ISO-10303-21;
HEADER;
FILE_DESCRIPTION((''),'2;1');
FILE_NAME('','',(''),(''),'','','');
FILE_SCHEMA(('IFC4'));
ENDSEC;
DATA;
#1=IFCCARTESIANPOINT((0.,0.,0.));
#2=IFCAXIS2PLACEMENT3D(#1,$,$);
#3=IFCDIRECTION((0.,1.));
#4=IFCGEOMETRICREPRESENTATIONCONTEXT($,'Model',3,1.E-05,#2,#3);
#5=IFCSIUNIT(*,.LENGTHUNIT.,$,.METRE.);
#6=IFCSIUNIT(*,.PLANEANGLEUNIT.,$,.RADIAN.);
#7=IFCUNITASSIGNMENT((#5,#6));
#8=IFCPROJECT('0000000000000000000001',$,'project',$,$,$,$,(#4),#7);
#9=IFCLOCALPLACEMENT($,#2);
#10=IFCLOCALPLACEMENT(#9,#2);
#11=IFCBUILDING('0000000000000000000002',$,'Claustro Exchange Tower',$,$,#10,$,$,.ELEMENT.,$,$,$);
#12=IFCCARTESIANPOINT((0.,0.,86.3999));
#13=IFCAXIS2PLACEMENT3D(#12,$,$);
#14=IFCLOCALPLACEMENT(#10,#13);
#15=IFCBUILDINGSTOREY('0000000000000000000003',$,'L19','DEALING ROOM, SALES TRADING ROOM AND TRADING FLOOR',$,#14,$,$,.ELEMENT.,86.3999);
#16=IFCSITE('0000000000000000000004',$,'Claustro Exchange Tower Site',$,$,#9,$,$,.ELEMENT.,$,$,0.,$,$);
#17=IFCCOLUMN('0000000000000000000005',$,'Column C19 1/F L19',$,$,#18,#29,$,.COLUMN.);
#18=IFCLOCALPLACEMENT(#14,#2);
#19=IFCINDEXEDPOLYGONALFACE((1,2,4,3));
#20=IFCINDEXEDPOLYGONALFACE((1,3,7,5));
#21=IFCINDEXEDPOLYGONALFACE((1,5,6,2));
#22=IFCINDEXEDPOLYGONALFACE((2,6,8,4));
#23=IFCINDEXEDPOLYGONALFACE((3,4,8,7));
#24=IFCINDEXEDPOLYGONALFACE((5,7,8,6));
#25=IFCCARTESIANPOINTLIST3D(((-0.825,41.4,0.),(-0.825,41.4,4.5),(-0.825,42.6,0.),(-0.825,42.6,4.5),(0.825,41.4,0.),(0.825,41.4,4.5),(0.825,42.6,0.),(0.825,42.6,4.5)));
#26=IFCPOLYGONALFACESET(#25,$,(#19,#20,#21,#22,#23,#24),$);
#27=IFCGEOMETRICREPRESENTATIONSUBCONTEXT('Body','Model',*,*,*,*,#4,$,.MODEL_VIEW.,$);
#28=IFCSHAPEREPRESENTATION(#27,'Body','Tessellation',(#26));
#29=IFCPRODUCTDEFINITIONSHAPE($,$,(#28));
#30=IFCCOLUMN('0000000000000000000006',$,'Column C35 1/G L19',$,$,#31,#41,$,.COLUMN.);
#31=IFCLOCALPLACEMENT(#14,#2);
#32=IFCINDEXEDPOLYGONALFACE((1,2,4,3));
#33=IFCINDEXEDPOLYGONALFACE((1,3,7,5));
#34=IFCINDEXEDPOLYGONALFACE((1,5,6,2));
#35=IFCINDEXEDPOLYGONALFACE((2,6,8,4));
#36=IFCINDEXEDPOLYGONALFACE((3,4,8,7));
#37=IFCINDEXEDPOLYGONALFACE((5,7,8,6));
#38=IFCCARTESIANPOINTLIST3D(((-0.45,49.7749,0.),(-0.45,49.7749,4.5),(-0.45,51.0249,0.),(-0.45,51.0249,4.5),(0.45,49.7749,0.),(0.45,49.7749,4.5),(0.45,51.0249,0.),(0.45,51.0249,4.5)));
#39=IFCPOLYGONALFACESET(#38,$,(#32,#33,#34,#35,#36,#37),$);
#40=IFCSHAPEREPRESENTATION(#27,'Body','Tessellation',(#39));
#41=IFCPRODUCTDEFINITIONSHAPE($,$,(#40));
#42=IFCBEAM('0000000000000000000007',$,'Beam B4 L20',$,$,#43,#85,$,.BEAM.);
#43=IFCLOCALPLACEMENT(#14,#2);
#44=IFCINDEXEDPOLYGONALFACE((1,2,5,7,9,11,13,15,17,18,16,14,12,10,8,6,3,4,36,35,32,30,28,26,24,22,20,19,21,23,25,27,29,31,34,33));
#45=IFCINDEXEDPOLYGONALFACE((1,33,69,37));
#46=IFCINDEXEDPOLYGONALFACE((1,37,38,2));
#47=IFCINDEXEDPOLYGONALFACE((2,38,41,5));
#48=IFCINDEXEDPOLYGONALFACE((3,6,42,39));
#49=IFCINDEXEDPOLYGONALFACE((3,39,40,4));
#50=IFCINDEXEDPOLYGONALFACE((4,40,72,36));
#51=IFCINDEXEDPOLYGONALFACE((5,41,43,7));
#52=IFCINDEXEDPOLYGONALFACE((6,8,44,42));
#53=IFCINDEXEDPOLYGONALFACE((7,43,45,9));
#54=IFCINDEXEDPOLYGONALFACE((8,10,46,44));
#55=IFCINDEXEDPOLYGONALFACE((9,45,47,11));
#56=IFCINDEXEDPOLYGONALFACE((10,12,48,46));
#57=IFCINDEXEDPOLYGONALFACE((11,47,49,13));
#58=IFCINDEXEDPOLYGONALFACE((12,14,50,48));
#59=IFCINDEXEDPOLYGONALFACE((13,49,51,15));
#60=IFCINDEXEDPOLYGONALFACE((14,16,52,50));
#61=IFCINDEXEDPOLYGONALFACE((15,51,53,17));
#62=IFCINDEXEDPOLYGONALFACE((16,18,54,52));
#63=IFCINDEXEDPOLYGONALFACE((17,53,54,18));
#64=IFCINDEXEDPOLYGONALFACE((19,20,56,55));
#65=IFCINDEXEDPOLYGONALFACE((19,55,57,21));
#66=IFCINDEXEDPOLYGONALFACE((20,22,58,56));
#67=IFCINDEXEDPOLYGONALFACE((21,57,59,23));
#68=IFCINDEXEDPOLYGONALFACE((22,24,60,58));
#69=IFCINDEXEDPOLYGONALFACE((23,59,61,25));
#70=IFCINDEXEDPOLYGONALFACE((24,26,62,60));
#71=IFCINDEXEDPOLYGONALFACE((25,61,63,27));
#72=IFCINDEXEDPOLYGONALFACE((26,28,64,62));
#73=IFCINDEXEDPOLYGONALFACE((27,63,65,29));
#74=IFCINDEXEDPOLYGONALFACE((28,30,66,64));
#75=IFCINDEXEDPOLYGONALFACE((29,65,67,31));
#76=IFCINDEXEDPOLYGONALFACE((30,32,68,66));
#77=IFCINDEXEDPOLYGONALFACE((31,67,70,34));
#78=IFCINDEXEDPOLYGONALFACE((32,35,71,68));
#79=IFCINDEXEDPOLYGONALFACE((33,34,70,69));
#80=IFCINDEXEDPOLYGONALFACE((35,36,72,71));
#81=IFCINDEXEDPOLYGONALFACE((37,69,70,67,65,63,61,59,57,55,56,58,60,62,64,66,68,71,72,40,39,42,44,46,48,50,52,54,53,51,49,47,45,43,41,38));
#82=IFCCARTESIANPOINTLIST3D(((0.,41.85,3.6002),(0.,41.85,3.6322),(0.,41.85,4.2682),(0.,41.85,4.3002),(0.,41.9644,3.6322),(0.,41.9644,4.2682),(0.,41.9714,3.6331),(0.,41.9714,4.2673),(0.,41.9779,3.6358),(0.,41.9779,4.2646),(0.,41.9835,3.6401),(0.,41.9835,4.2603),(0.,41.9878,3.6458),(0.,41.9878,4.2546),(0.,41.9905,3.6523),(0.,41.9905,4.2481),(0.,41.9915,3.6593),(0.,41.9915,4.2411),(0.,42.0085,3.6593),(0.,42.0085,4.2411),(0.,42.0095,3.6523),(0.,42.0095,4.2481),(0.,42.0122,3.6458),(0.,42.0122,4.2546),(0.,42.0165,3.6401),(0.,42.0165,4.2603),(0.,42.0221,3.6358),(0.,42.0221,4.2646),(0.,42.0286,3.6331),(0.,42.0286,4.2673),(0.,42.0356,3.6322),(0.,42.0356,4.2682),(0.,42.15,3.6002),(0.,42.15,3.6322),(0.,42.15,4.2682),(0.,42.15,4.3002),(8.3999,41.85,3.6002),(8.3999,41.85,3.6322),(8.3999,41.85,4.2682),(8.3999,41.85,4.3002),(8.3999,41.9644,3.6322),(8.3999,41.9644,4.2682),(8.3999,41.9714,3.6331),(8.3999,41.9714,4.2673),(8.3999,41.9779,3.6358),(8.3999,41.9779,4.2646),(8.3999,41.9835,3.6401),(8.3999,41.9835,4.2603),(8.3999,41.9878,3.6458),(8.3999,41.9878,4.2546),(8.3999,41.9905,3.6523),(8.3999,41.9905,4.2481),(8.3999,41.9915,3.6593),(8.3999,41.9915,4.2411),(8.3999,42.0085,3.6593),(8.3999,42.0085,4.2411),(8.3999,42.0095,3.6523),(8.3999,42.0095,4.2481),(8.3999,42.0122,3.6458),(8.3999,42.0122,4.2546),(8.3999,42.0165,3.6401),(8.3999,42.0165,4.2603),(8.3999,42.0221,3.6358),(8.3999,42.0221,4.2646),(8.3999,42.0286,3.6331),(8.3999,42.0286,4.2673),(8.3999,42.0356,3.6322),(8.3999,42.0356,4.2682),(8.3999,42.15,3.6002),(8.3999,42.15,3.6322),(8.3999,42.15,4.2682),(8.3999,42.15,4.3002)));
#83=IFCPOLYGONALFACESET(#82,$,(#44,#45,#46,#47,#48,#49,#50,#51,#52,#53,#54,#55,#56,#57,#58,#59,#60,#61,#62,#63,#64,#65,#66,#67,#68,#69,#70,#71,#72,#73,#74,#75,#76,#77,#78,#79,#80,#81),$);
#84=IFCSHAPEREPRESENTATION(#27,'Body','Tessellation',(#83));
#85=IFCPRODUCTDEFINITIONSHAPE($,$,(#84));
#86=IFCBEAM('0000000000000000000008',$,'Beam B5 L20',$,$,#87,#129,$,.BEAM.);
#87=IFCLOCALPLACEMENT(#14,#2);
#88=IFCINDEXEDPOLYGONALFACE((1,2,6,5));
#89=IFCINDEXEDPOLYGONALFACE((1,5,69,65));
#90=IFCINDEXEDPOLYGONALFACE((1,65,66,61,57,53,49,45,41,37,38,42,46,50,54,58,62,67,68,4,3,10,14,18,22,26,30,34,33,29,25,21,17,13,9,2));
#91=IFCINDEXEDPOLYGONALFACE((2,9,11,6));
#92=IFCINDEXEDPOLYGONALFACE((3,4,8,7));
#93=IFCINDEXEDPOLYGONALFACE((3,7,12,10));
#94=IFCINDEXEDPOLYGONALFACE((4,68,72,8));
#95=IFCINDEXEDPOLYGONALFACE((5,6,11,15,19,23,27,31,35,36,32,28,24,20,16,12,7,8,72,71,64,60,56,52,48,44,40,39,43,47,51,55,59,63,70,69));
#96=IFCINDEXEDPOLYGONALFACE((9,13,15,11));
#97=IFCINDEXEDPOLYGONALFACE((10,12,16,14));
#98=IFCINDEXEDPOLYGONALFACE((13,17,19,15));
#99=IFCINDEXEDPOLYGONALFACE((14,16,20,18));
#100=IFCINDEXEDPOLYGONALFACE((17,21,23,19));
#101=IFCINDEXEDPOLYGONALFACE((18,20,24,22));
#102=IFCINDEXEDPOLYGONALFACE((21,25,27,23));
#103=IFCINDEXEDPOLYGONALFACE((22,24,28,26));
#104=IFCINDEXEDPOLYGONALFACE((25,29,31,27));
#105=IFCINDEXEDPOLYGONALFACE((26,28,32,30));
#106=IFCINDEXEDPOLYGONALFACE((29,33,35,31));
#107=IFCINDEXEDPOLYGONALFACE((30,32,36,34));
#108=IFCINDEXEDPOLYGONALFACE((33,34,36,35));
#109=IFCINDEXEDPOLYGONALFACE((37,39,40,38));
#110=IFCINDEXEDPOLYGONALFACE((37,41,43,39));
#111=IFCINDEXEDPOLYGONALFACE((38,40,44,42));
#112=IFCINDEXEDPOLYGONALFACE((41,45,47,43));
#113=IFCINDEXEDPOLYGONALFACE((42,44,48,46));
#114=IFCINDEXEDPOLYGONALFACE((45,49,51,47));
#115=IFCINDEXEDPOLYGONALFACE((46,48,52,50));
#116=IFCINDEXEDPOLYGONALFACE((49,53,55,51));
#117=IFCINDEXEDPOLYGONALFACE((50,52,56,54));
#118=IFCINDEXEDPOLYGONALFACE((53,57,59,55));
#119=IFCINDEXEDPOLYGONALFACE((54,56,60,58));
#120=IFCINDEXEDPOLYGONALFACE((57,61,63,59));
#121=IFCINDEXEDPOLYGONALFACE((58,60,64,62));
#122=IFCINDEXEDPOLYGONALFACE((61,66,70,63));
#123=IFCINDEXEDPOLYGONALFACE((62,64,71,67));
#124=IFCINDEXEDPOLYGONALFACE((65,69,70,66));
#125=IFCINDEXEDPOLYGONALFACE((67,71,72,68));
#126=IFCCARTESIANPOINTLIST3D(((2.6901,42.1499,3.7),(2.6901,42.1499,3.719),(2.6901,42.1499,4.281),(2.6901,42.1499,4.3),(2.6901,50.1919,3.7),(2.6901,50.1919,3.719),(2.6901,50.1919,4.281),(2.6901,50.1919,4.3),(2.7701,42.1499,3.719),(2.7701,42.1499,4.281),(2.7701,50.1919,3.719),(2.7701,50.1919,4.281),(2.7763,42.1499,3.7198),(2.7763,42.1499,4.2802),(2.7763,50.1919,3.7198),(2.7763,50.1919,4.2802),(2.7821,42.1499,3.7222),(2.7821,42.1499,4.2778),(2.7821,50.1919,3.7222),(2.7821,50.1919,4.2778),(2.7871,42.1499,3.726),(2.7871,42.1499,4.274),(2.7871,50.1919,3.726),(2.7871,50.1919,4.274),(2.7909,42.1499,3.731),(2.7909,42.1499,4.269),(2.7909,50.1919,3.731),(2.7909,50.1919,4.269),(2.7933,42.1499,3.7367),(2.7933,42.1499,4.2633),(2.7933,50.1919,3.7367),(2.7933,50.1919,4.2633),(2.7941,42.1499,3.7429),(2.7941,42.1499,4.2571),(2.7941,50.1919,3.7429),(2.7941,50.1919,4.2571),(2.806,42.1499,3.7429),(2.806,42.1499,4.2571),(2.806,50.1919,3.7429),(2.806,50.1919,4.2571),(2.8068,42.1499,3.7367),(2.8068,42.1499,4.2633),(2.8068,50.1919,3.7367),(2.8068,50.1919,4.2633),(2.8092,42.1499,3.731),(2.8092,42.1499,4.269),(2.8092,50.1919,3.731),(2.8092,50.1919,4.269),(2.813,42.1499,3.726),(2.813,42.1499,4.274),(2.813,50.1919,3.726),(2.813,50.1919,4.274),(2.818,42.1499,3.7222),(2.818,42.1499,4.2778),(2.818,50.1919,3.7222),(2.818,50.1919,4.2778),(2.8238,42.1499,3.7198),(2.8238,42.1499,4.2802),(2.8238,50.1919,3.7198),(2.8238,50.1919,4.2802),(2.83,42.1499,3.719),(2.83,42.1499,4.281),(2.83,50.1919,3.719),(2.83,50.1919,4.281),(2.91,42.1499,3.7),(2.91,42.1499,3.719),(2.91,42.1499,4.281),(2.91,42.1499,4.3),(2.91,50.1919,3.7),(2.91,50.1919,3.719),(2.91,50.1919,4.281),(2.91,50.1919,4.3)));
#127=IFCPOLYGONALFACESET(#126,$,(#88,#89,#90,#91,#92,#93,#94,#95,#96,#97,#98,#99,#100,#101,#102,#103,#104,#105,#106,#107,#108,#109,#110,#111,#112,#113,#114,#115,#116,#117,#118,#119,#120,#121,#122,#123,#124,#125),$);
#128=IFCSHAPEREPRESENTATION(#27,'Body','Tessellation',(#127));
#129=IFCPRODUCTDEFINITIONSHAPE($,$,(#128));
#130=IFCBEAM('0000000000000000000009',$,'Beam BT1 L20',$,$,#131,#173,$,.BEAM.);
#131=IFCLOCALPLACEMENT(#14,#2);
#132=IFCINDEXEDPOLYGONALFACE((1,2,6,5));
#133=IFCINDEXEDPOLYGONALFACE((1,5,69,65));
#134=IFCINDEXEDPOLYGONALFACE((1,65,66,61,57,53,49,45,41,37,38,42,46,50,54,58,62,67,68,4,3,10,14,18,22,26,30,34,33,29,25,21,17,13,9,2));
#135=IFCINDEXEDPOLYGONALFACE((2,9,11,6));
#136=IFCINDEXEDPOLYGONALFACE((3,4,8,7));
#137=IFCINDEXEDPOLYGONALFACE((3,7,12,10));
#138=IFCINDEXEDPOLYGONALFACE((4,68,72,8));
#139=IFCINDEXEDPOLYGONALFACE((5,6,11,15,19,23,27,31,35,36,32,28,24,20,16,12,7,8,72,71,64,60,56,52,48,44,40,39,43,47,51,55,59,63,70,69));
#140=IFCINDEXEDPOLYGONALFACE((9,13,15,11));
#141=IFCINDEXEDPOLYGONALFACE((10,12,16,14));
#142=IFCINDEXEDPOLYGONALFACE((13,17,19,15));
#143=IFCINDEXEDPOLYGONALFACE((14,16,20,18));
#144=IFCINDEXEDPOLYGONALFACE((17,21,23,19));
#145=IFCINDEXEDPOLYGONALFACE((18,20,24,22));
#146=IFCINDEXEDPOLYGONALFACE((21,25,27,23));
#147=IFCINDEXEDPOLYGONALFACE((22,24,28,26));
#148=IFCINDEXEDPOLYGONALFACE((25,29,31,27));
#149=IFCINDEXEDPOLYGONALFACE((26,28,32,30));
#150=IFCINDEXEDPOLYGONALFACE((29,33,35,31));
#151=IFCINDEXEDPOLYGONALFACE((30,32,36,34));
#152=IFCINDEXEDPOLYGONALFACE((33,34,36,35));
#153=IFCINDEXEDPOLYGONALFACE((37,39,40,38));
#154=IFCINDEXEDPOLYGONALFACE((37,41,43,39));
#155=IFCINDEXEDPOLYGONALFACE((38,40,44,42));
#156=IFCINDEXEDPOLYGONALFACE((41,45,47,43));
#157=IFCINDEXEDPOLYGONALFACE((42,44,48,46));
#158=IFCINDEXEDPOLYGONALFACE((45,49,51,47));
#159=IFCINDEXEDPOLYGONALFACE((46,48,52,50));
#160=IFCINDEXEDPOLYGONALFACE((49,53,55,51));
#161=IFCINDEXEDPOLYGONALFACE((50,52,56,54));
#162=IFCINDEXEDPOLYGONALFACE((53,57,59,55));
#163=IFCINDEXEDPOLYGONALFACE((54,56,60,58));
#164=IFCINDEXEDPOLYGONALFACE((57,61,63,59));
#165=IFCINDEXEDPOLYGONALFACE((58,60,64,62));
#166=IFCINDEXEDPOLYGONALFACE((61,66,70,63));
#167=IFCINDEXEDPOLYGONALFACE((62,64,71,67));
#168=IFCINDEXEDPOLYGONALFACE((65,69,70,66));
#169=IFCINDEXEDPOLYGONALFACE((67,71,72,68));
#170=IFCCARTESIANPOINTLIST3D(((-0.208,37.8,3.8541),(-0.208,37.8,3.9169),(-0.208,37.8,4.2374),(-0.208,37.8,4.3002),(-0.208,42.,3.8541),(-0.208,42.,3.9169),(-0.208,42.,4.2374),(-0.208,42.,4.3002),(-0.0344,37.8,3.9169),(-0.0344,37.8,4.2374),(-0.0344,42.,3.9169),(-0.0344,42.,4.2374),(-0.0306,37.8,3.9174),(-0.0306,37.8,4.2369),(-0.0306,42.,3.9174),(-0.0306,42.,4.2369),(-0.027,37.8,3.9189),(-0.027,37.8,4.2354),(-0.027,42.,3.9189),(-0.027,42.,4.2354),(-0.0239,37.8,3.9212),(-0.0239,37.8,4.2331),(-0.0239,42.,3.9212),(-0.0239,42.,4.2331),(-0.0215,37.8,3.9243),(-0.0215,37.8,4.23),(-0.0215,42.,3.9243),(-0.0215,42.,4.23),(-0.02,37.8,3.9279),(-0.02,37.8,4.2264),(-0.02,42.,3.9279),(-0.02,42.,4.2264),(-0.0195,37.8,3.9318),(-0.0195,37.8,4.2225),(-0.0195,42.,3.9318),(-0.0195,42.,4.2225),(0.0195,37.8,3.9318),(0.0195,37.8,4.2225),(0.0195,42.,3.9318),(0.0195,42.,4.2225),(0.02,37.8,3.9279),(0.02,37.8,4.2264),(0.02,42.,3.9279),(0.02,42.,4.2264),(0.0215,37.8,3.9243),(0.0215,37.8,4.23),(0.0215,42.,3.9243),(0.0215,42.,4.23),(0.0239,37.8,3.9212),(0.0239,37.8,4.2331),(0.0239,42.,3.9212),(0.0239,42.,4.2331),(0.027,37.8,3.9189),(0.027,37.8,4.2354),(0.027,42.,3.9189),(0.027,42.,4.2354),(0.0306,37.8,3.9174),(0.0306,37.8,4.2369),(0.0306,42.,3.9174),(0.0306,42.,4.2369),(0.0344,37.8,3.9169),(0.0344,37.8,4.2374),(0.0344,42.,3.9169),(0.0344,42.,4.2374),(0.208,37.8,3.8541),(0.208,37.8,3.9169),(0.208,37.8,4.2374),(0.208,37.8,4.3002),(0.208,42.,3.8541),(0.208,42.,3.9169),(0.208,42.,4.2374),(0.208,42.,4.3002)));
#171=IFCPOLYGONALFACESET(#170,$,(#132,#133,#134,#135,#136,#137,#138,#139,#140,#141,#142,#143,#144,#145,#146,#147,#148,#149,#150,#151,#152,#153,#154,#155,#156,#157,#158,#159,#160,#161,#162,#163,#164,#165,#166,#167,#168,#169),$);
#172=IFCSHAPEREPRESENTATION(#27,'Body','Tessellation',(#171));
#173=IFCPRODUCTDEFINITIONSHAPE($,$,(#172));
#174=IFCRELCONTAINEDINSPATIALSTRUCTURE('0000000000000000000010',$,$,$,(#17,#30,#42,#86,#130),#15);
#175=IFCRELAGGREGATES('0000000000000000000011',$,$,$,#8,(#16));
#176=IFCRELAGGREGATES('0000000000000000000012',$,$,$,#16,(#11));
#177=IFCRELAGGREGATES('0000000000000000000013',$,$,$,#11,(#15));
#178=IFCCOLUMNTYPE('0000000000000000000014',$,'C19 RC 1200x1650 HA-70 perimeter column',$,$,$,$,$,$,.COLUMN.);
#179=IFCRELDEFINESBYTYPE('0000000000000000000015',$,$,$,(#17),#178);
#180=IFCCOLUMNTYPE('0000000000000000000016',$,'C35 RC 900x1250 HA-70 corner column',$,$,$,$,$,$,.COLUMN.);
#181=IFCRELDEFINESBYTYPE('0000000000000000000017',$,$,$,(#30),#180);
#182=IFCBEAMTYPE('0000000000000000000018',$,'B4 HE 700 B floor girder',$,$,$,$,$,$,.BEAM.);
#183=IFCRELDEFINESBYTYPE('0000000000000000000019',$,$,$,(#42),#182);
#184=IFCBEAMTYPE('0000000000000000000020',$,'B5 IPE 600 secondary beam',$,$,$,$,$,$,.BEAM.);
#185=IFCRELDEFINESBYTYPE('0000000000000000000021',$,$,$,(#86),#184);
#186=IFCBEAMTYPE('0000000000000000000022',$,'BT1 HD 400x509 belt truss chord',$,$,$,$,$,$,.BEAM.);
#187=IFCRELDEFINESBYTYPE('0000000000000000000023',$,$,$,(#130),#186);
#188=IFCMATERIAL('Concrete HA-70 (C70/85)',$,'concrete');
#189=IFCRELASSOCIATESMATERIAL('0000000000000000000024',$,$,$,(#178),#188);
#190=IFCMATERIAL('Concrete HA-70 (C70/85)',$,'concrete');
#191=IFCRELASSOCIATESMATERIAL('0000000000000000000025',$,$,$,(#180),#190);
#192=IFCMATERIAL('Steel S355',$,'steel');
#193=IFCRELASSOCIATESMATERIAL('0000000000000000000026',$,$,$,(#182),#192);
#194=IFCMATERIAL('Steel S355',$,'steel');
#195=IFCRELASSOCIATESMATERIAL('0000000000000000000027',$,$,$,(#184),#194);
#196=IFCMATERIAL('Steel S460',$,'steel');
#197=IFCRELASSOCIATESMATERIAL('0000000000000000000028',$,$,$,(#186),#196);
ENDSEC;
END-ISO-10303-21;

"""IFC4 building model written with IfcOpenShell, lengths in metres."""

from ifc_helpers import new_model, si_unit, direction, frame, origin, origin_2d, place, context, subcontext, project, spatial, rectangle, i_section, extrude, material, material_profile, profile_set, type_object, element, save


model = new_model("IFC4")

# Units and contexts
model_context = context("Model", 3, precision=1e-05, world=origin(), true_north=direction((0.0, 1.0)))
body_context = subcontext(model_context, "Body", "Model", "MODEL_VIEW")
ifc_project = project(units=[si_unit("LENGTHUNIT", "METRE"), si_unit("PLANEANGLEUNIT", "RADIAN")], contexts=[model_context])

# Site, building, storey
site_placement = place(None, origin())
site = spatial("IfcSite", under=ifc_project, at=site_placement, Name="Claustro Exchange Tower Site", CompositionType="ELEMENT", RefElevation=0.0)
building_placement = place(site_placement, origin())
building = spatial("IfcBuilding", under=site, at=building_placement, Name="Claustro Exchange Tower", CompositionType="ELEMENT")
storey_placement = place(building_placement, frame((0.0, 0.0, 86.3999)))
storey = spatial("IfcBuildingStorey", under=building, at=storey_placement, Name="L19", Description="DEALING ROOM, SALES TRADING ROOM AND TRADING FLOOR", CompositionType="ELEMENT", Elevation=86.3999)

# Columns
ifc_material_1 = material(Name="Concrete HA-70 (C70/85)", Category="concrete")
ifc_material_profile_1 = material_profile(ifc_material_1, rectangle(XDim=1.2, YDim=1.6499, at=origin_2d()), Name="RC 1200x1650")
ifc_profile_set_1 = profile_set([ifc_material_profile_1], Name="Concrete HA-70 (C70/85)")
column_type_1 = type_object("IfcColumnType", Name="C19 RC 1200x1650 HA-70 perimeter column", PredefinedType="COLUMN", material=ifc_profile_set_1)
column_1_placement = place(storey_placement, frame((0.0, 42.0, 0.0), z_axis=(0.0, 0.0, 1.0), x_axis=(0.0, 1.0, 0.0)))
element("IfcColumn", 1, at=column_1_placement, inside=storey, type_object=column_type_1, Name="Column C19 1/F L19", PredefinedType="COLUMN", context=body_context, shape_type="SweptSolid", body=[
    extrude(rectangle(XDim=1.2, YDim=1.6499, at=origin_2d()), origin(), (0.0, 0.0, 1.0), 4.5),
])
ifc_material_2 = material(Name="Concrete HA-70 (C70/85)", Category="concrete")
ifc_material_profile_2 = material_profile(ifc_material_2, rectangle(XDim=0.8999, YDim=1.25, at=origin_2d()), Name="RC 900x1250")
ifc_profile_set_2 = profile_set([ifc_material_profile_2], Name="Concrete HA-70 (C70/85)")
column_type_2 = type_object("IfcColumnType", Name="C35 RC 900x1250 HA-70 corner column", PredefinedType="COLUMN", material=ifc_profile_set_2)
column_2_placement = place(storey_placement, frame((0.0, 50.3999, 0.0), z_axis=(0.0, 0.0, 1.0), x_axis=(1.0, 0.0, 0.0)))
element("IfcColumn", 2, at=column_2_placement, inside=storey, type_object=column_type_2, Name="Column C35 1/G L19", PredefinedType="COLUMN", context=body_context, shape_type="SweptSolid", body=[
    extrude(rectangle(XDim=0.8999, YDim=1.25, at=origin_2d()), origin(), (0.0, 0.0, 1.0), 4.5),
])

# Beams
ifc_material_3 = material(Name="Steel S355", Category="steel")
ifc_material_profile_3 = material_profile(ifc_material_3, i_section(OverallWidth=0.3, OverallDepth=0.7, WebThickness=0.0171, FlangeThickness=0.032, FilletRadius=0.0271, at=origin_2d()), Name="HE 700 B")
ifc_profile_set_3 = profile_set([ifc_material_profile_3], Name="Steel S355")
beam_type_1 = type_object("IfcBeamType", Name="B4 HE 700 B floor girder", PredefinedType="BEAM", material=ifc_profile_set_3)
beam_1_placement = place(storey_placement, frame((0.0, 42.0, 3.9502), z_axis=(1.0, 0.0, 0.0), x_axis=(0.0, 1.0, 0.0)))
element("IfcBeam", 3, at=beam_1_placement, inside=storey, type_object=beam_type_1, Name="Beam B4 L20", PredefinedType="BEAM", context=body_context, shape_type="SweptSolid", body=[
    extrude(i_section(OverallWidth=0.3, OverallDepth=0.7, WebThickness=0.0171, FlangeThickness=0.032, FilletRadius=0.0271, at=origin_2d()), origin(), (0.0, 0.0, 1.0), 8.3999),
])
ifc_material_4 = material(Name="Steel S355", Category="steel")
ifc_material_profile_4 = material_profile(ifc_material_4, i_section(OverallWidth=0.22, OverallDepth=0.6001, WebThickness=0.012, FlangeThickness=0.019, FilletRadius=0.0239, at=origin_2d()), Name="IPE 600")
ifc_profile_set_4 = profile_set([ifc_material_profile_4], Name="Steel S355")
beam_type_2 = type_object("IfcBeamType", Name="B5 IPE 600 secondary beam", PredefinedType="BEAM", material=ifc_profile_set_4)
beam_2_placement = place(storey_placement, frame((2.8, 42.1499, 4.0), z_axis=(0.0, 1.0, 0.0), x_axis=(-1.0, 0.0, 0.0)))
element("IfcBeam", 4, at=beam_2_placement, inside=storey, type_object=beam_type_2, Name="Beam B5 L20", PredefinedType="BEAM", context=body_context, shape_type="SweptSolid", body=[
    extrude(i_section(OverallWidth=0.22, OverallDepth=0.6001, WebThickness=0.012, FlangeThickness=0.019, FilletRadius=0.0239, at=origin_2d()), origin(), (0.0, 0.0, 1.0), 8.042),
])
ifc_material_5 = material(Name="Steel S460", Category="steel")
ifc_material_profile_5 = material_profile(ifc_material_5, i_section(OverallWidth=0.416, OverallDepth=0.446, WebThickness=0.0391, FlangeThickness=0.0627, FilletRadius=0.0149, at=origin_2d()), Name="HD 400x509")
ifc_profile_set_5 = profile_set([ifc_material_profile_5], Name="Steel S460")
beam_type_3 = type_object("IfcBeamType", Name="BT1 HD 400x509 belt truss chord", PredefinedType="BEAM", material=ifc_profile_set_5)
beam_3_placement = place(storey_placement, frame((0.0, 37.8, 4.0771), z_axis=(0.0, 1.0, 0.0), x_axis=(-1.0, 0.0, 0.0)))
element("IfcBeam", 5, at=beam_3_placement, inside=storey, type_object=beam_type_3, Name="Beam BT1 L20", PredefinedType="BEAM", context=body_context, shape_type="SweptSolid", body=[
    extrude(i_section(OverallWidth=0.416, OverallDepth=0.446, WebThickness=0.0391, FlangeThickness=0.0627, FilletRadius=0.0149, at=origin_2d()), origin(), (0.0, 0.0, 1.0), 4.2),
])

save(model, "model.ifc")
